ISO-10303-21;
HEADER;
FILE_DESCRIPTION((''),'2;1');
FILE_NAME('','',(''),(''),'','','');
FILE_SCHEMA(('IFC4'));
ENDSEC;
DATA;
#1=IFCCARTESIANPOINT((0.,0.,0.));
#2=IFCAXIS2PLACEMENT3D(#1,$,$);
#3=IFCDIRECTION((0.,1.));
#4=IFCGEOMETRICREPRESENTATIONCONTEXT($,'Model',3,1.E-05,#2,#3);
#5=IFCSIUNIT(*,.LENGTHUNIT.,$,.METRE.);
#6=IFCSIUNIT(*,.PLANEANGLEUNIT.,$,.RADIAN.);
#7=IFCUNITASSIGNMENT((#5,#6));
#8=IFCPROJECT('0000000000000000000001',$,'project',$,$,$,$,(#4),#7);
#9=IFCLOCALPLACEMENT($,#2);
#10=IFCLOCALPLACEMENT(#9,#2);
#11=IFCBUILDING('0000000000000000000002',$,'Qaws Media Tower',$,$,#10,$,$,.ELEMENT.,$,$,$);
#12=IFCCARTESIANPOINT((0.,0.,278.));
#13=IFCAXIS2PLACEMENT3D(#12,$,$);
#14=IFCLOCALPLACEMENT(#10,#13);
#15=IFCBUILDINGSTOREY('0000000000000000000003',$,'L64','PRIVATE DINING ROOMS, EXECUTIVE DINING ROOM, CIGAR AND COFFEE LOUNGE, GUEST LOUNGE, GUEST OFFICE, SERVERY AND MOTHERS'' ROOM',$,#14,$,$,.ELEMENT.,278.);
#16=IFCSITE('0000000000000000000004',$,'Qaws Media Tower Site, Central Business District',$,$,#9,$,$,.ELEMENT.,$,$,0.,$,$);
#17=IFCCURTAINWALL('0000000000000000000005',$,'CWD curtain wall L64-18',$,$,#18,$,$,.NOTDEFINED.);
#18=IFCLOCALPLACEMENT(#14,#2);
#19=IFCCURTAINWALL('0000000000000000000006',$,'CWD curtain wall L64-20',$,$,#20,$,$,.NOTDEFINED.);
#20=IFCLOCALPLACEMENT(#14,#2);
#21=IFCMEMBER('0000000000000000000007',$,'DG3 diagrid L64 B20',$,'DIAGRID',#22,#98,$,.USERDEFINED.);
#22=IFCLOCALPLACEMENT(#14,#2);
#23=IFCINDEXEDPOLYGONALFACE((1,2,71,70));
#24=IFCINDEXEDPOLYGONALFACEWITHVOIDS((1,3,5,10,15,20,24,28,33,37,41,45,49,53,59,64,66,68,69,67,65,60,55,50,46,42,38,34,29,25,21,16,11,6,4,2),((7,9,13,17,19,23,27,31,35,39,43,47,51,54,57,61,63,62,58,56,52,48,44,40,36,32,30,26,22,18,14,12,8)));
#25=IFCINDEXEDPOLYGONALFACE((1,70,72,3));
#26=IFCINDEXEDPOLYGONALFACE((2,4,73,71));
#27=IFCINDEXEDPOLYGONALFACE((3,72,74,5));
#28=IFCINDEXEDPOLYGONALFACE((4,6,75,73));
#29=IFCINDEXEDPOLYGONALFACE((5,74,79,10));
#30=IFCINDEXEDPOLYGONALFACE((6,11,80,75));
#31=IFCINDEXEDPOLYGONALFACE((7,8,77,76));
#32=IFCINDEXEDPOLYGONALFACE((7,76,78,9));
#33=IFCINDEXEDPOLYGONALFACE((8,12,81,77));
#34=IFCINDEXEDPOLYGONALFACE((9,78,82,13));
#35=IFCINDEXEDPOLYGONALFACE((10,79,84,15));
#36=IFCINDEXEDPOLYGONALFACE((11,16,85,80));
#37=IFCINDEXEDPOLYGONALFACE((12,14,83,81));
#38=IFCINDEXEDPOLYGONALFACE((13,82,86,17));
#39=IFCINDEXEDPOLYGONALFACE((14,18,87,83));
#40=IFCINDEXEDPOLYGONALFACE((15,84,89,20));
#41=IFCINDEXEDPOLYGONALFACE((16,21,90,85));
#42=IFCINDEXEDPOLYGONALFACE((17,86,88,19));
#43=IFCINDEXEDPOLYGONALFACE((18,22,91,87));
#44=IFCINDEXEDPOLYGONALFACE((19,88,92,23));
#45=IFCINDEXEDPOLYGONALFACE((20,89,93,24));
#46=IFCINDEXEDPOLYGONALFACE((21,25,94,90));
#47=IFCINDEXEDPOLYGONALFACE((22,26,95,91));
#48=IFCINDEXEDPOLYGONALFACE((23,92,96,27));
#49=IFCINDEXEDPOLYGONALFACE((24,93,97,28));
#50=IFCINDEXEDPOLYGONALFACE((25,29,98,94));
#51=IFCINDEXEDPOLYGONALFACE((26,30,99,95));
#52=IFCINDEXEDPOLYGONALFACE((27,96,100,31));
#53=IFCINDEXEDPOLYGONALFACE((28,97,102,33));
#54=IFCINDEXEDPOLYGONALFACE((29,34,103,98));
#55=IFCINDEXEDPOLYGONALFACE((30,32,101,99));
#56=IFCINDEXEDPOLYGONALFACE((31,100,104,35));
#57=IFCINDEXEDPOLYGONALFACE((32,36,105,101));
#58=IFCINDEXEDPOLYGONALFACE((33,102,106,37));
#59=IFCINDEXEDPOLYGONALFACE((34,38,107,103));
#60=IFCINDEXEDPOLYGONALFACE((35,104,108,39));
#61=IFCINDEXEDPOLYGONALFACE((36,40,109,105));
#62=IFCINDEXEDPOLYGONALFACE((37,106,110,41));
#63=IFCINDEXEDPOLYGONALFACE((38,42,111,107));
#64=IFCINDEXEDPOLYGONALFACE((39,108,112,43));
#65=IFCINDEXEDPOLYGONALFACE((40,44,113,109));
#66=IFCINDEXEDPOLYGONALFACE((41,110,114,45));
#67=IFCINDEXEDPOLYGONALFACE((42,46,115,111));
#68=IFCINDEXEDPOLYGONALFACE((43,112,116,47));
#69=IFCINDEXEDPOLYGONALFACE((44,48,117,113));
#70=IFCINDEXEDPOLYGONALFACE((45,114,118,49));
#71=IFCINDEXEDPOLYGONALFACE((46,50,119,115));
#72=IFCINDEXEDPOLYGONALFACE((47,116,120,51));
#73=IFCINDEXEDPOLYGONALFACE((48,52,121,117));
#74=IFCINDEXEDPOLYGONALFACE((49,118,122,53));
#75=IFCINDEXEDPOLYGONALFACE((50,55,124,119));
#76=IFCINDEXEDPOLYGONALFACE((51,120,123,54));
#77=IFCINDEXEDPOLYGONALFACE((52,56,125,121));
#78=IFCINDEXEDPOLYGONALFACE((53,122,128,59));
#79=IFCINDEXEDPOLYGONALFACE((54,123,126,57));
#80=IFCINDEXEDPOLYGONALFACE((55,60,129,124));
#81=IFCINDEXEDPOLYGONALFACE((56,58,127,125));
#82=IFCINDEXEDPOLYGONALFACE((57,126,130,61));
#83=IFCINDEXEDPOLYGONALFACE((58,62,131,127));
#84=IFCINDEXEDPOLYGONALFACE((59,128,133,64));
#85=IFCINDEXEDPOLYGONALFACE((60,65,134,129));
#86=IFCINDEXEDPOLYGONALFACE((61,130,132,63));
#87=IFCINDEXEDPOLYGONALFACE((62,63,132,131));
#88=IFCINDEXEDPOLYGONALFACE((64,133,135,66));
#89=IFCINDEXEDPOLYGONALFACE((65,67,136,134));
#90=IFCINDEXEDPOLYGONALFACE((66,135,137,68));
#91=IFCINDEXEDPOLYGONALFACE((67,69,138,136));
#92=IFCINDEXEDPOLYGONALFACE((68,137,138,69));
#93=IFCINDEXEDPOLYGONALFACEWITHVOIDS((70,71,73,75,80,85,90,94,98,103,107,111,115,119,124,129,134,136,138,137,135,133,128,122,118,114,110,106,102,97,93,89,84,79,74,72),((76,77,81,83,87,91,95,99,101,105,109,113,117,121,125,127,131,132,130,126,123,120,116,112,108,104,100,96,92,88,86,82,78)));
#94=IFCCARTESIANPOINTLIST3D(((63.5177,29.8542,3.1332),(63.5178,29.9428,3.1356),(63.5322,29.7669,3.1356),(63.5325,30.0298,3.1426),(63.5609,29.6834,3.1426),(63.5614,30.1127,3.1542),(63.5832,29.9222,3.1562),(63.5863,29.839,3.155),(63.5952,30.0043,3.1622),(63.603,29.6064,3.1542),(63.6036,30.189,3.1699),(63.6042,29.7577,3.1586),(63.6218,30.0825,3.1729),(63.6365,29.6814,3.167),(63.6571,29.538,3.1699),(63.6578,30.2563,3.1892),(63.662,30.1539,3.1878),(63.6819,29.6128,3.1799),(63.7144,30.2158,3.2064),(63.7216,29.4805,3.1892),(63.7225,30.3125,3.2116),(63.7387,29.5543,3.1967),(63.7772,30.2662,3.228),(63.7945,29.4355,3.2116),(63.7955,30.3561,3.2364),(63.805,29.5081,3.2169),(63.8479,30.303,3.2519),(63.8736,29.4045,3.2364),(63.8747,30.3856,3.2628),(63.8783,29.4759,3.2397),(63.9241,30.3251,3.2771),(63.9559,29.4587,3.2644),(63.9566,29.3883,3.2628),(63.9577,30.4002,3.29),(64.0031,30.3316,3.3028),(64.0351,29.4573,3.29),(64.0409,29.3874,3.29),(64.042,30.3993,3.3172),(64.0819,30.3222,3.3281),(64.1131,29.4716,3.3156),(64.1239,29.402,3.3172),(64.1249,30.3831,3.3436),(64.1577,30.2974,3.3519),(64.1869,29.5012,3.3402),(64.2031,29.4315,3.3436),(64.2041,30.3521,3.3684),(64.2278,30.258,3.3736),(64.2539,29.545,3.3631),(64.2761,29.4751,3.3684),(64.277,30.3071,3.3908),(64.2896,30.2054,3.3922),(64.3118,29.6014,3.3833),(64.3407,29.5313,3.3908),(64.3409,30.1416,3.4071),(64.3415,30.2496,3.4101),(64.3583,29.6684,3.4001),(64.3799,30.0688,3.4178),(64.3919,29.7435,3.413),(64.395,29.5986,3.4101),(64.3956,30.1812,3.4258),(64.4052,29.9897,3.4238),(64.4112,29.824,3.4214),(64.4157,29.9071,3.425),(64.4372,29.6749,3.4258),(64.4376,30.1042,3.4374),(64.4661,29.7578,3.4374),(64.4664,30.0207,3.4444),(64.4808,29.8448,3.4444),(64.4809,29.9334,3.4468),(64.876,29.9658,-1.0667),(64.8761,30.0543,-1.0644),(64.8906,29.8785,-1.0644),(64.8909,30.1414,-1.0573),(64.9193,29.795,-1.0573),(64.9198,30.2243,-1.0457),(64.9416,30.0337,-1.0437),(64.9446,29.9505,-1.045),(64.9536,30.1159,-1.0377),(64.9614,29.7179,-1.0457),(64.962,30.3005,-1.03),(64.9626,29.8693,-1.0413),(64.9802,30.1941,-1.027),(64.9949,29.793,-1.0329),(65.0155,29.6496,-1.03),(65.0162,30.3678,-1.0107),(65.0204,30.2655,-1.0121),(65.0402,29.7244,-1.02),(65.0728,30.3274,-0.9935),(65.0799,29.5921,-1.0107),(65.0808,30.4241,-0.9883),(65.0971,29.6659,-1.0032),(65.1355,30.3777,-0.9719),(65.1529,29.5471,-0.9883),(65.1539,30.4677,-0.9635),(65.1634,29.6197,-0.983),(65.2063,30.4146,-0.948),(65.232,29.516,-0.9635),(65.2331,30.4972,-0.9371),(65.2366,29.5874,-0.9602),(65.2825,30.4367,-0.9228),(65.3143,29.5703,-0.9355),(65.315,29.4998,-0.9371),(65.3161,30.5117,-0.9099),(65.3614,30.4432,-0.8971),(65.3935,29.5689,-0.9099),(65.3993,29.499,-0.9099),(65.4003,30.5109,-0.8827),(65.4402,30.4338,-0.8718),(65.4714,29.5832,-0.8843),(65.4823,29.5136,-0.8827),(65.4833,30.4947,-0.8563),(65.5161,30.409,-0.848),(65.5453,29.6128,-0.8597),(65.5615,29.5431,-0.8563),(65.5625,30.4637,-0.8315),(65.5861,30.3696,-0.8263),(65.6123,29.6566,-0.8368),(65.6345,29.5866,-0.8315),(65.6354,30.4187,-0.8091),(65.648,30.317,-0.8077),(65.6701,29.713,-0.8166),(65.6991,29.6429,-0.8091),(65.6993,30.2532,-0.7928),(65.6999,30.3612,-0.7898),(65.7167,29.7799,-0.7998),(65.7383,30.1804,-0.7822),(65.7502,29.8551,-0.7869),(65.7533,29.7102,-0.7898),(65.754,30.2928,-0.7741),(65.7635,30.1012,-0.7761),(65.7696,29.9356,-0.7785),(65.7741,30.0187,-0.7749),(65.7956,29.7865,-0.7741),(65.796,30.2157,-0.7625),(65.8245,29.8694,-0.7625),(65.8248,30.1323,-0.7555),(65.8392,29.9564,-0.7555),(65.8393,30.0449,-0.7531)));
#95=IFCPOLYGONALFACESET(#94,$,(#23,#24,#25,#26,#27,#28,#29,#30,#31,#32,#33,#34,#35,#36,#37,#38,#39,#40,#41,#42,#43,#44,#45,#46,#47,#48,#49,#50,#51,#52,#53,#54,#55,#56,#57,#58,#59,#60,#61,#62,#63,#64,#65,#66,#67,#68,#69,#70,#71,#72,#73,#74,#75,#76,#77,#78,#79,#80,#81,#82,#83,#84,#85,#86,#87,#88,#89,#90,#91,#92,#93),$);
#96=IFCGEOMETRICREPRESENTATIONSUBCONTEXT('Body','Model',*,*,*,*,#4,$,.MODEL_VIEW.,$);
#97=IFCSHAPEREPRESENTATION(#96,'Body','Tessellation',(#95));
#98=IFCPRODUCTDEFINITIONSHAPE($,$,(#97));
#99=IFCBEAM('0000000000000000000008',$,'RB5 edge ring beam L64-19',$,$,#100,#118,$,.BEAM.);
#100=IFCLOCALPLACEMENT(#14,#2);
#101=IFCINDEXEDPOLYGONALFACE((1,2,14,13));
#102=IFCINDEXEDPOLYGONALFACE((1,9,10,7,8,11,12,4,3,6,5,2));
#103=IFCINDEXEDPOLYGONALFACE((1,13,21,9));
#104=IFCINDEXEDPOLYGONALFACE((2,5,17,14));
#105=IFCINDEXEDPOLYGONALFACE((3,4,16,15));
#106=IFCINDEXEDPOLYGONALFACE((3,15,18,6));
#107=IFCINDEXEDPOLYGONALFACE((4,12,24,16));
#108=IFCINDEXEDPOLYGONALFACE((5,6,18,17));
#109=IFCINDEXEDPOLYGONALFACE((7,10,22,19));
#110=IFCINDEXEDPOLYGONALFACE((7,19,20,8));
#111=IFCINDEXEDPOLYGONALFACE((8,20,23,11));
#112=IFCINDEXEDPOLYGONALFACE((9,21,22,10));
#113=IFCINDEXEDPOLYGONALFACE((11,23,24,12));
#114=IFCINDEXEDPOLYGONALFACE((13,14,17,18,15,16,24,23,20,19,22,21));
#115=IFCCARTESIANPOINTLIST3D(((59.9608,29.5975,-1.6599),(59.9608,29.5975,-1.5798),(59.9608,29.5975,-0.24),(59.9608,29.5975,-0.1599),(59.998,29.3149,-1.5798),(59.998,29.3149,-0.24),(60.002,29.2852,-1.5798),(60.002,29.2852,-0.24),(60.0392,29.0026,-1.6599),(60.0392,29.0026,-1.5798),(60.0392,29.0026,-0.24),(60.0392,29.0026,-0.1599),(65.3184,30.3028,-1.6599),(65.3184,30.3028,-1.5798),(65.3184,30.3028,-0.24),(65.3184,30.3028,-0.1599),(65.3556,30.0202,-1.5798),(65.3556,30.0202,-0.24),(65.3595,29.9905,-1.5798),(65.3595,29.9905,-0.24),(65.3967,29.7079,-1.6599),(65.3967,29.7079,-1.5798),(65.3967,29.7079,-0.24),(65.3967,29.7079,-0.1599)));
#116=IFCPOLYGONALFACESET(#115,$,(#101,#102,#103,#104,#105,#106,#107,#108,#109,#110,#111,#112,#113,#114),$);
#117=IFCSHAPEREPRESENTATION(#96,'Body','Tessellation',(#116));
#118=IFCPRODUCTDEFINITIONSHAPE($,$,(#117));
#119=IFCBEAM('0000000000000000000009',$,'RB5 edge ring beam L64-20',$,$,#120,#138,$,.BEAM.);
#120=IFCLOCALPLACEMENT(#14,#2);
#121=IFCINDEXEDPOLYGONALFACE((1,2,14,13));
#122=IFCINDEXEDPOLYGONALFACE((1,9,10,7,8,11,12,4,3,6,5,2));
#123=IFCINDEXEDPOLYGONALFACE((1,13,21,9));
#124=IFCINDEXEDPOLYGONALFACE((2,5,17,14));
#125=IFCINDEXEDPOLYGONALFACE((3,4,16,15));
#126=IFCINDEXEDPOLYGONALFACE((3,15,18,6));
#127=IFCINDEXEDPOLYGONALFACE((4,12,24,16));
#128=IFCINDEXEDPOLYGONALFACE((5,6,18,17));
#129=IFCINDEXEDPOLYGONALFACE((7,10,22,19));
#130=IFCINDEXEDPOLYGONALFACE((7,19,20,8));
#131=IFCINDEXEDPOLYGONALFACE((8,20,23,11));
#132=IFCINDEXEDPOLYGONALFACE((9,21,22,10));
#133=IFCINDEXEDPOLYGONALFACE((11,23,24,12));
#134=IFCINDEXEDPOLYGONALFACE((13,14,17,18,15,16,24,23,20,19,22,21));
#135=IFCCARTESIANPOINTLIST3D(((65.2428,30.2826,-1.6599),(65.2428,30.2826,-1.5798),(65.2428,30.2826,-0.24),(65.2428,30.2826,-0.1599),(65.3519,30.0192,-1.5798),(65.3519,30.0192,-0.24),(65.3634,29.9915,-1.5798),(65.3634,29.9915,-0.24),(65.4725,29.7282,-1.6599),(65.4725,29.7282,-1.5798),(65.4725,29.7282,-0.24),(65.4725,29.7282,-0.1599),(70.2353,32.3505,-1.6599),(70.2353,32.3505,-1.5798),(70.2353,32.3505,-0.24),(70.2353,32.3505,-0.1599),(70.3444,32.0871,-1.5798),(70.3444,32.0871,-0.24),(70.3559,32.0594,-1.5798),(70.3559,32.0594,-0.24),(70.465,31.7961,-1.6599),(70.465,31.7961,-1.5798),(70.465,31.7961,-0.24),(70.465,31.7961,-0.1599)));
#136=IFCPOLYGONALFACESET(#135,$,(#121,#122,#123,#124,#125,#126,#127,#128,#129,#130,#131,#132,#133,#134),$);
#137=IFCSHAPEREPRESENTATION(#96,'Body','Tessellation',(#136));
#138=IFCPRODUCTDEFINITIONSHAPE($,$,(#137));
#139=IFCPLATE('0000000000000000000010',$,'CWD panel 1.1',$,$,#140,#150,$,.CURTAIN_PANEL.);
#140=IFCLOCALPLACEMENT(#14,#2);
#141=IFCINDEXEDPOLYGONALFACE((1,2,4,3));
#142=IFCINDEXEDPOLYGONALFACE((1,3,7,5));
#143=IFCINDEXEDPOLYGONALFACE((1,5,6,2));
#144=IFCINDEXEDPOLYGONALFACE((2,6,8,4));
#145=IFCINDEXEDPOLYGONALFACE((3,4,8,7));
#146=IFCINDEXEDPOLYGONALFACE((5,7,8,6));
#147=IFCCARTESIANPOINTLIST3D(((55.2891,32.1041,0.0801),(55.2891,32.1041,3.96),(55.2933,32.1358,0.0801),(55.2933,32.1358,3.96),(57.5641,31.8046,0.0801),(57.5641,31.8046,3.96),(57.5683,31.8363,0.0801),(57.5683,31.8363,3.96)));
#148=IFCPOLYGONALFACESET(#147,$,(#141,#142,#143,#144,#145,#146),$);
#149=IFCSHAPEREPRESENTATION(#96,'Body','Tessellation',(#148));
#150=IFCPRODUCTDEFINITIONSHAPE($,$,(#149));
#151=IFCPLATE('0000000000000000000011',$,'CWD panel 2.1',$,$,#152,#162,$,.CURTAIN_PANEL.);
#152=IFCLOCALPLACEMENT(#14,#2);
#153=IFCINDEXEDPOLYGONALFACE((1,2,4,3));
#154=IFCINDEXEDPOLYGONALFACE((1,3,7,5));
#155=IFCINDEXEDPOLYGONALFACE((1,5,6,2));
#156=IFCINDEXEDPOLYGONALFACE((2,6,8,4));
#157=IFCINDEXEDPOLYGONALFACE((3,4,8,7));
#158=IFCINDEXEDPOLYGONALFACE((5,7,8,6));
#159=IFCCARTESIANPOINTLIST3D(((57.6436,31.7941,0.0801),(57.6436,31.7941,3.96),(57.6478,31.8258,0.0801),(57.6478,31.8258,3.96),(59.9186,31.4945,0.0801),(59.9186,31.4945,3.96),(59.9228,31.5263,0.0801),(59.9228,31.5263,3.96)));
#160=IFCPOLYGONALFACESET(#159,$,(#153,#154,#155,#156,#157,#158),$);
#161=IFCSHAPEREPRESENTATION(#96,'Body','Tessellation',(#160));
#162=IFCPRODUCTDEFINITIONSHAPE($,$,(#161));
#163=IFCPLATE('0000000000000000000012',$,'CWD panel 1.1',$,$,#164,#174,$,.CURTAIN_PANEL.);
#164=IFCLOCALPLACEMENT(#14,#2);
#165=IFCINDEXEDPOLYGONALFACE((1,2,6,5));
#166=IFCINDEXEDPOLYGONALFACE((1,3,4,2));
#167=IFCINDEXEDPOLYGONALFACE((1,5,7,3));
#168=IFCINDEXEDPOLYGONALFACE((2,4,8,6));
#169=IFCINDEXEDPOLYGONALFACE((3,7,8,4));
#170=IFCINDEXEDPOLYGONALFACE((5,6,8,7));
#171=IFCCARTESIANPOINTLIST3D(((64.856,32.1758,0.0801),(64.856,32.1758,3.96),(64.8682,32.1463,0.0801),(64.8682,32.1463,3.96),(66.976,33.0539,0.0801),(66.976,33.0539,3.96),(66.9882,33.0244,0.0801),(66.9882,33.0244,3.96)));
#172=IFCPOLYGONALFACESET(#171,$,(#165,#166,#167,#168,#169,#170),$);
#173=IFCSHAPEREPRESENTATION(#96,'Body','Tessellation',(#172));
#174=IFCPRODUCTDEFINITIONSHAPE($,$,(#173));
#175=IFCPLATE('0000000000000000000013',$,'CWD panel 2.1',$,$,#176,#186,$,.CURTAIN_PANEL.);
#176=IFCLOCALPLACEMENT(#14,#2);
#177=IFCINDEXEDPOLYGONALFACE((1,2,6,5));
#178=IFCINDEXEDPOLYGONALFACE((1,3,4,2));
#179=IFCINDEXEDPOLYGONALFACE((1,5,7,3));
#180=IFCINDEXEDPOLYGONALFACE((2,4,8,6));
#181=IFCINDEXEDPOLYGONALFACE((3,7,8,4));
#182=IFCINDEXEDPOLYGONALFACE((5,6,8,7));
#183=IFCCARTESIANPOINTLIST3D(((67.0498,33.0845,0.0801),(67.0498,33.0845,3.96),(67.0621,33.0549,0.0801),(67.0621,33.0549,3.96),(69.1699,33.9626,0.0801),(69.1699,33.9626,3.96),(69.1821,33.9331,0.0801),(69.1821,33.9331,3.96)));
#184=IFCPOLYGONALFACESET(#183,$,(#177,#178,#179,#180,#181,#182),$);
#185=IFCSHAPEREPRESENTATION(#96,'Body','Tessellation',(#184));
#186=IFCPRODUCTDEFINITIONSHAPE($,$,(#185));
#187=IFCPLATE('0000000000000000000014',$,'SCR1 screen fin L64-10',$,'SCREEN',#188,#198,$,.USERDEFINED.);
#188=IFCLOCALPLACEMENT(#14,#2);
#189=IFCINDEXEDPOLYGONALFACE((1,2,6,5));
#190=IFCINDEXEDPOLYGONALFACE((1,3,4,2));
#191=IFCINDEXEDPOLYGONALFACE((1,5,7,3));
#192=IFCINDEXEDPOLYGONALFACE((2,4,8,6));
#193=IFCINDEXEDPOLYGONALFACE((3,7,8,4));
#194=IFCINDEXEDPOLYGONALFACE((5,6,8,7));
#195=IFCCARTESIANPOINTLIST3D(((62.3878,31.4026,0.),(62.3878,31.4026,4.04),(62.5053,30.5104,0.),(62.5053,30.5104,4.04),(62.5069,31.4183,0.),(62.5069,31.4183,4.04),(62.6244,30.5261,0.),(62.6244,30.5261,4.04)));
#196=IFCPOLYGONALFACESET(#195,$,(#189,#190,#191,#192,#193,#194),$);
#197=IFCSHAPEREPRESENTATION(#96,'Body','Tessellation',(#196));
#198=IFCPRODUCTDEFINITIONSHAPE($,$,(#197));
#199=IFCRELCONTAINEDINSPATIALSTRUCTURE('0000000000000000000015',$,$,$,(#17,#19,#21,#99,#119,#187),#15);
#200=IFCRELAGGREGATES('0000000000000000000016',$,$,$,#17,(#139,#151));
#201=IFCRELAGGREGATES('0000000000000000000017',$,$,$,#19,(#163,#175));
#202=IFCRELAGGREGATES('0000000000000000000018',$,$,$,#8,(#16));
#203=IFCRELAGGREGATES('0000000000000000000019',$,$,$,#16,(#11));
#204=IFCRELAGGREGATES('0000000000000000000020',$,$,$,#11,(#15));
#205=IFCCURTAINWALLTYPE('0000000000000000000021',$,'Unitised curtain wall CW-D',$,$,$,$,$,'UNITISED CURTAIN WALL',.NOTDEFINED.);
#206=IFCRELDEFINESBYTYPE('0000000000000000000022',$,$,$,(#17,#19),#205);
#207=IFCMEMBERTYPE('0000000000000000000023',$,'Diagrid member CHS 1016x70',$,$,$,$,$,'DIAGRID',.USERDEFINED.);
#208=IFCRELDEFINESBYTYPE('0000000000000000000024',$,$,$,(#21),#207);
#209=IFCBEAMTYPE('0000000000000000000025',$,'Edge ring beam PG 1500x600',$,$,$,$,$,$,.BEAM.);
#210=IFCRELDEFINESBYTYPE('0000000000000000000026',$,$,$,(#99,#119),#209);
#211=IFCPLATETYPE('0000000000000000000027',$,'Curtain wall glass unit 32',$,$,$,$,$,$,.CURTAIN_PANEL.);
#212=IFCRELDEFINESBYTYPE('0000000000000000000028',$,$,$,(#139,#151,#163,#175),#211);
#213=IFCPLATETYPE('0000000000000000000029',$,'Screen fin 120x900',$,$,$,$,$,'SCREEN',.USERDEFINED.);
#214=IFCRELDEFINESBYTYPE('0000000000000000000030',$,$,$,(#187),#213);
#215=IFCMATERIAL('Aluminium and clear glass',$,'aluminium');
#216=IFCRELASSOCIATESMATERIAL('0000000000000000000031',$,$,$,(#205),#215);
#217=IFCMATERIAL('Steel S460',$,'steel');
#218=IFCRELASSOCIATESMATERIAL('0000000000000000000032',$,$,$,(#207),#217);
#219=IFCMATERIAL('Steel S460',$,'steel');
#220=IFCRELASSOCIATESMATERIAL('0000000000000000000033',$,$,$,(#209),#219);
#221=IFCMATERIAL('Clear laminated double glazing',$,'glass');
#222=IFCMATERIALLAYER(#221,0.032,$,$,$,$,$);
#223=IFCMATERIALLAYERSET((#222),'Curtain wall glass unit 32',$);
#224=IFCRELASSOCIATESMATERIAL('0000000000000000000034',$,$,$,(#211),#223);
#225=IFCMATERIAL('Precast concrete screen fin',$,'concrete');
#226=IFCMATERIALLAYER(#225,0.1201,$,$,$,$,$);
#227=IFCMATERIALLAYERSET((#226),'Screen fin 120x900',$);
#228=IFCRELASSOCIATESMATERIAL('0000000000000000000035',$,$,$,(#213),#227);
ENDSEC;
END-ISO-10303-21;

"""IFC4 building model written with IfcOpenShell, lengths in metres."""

from ifc_helpers import new_model, si_unit, direction, frame, origin, origin_2d, place, context, subcontext, project, spatial, rectangle, hollow_circle, i_section, extrude, material, layer, layer_set, material_profile, profile_set, type_object, element, aggregate, save


model = new_model("IFC4")

# Units and contexts
model_context = context("Model", 3, precision=1e-05, world=origin(), true_north=direction((0.0, 1.0)))
body_context = subcontext(model_context, "Body", "Model", "MODEL_VIEW")
ifc_project = project(units=[si_unit("LENGTHUNIT", "METRE"), si_unit("PLANEANGLEUNIT", "RADIAN")], contexts=[model_context])

# Site, building, storey
site_placement = place(None, origin())
site = spatial("IfcSite", under=ifc_project, at=site_placement, Name="Qaws Media Tower Site, Central Business District", CompositionType="ELEMENT", RefElevation=0.0)
building_placement = place(site_placement, origin())
building = spatial("IfcBuilding", under=site, at=building_placement, Name="Qaws Media Tower", CompositionType="ELEMENT")
storey_placement = place(building_placement, frame((0.0, 0.0, 278.0)))
storey = spatial("IfcBuildingStorey", under=building, at=storey_placement, Name="L64", Description="PRIVATE DINING ROOMS, EXECUTIVE DINING ROOM, CIGAR AND COFFEE LOUNGE, GUEST LOUNGE, GUEST OFFICE, SERVERY AND MOTHERS' ROOM", CompositionType="ELEMENT", Elevation=278.0)

# Curtain walls
ifc_material_1 = material(Name="Aluminium and clear glass", Category="aluminium")
curtain_wall_type = type_object("IfcCurtainWallType", Name="Unitised curtain wall CW-D", ElementType="UNITISED CURTAIN WALL", PredefinedType="NOTDEFINED", material=ifc_material_1)
curtain_wall_1_placement = place(storey_placement, origin())
curtain_wall_1 = element("IfcCurtainWall", 1, at=curtain_wall_1_placement, inside=storey, type_object=curtain_wall_type, Name="CWD curtain wall L64-18", PredefinedType="NOTDEFINED")
curtain_wall_2_placement = place(storey_placement, origin())
curtain_wall_2 = element("IfcCurtainWall", 2, at=curtain_wall_2_placement, inside=storey, type_object=curtain_wall_type, Name="CWD curtain wall L64-20", PredefinedType="NOTDEFINED")

# Member
ifc_material_2 = material(Name="Steel S460", Category="steel")
ifc_material_profile_1 = material_profile(ifc_material_2, hollow_circle(Radius=0.5081, WallThickness=0.0701, at=origin_2d()), Name="CHS 1016x70")
ifc_profile_set_1 = profile_set([ifc_material_profile_1], Name="Steel S460")
member_type_1 = type_object("IfcMemberType", Name="Diagrid member CHS 1016x70", ElementType="DIAGRID", PredefinedType="USERDEFINED", material=ifc_profile_set_1)
for number, where, z_axis, x_axis, name in (
    (3, (65.3577, 30.0054, -0.9099), (-0.307638, -0.025268, 0.951168), (0.081859, -0.996644, 0.0), "DG3 diagrid L64 B20"),
):
    element("IfcMember", number, at=place(storey_placement, frame(where, z_axis=z_axis, x_axis=x_axis)), inside=storey, type_object=member_type_1, Name=name, ObjectType="DIAGRID", PredefinedType="USERDEFINED", context=body_context, shape_type="SweptSolid", body=[
        extrude(hollow_circle(Radius=0.5081, WallThickness=0.0701, at=origin_2d()), origin(), (0.0, 0.0, 1.0), 4.4155),
    ])

# Beams
ifc_material_3 = material(Name="Steel S460", Category="steel")
ifc_material_profile_2 = material_profile(ifc_material_3, i_section(OverallWidth=0.6001, OverallDepth=1.5, WebThickness=0.03, FlangeThickness=0.0801, at=origin_2d()), Name="PG 1500x600")
ifc_profile_set_2 = profile_set([ifc_material_profile_2], Name="Steel S460")
beam_type = type_object("IfcBeamType", Name="Edge ring beam PG 1500x600", PredefinedType="BEAM", material=ifc_profile_set_2)
for number, where, z_axis, x_axis, name in (
    (4, (60.0, 29.3, -0.9099), (0.991446, 0.130521, 0.0), (-0.130521, 0.991446, 0.0), "RB5 edge ring beam L64-19"),
    (5, (65.3577, 30.0054, -0.9099), (0.923884, 0.382674, 0.0), (-0.382674, 0.923884, 0.0), "RB5 edge ring beam L64-20"),
):
    element("IfcBeam", number, at=place(storey_placement, frame(where, z_axis=z_axis, x_axis=x_axis)), inside=storey, type_object=beam_type, Name=name, PredefinedType="BEAM", context=body_context, shape_type="SweptSolid", body=[
        extrude(i_section(OverallWidth=0.6001, OverallDepth=1.5, WebThickness=0.03, FlangeThickness=0.0801, at=origin_2d()), origin(), (0.0, 0.0, 1.0), 5.4038),
    ])

# Plates
ifc_material_4 = material(Name="Clear laminated double glazing", Category="glass")
ifc_layer_1 = layer(ifc_material_4, 0.032)
ifc_layer_set_1 = layer_set([ifc_layer_1], Name="Curtain wall glass unit 32")
plate_type_1 = type_object("IfcPlateType", Name="Curtain wall glass unit 32", PredefinedType="CURTAIN_PANEL", material=ifc_layer_set_1)
plate_1_placement = place(storey_placement, frame((56.4287, 31.9702, 0.0801), z_axis=(0.0, 0.0, 1.0), x_axis=(0.991445, -0.130526, 0.0)))
plate_1 = element("IfcPlate", 6, at=plate_1_placement, type_object=plate_type_1, Name="CWD panel 1.1", PredefinedType="CURTAIN_PANEL", context=body_context, shape_type="SweptSolid", body=[
    extrude(rectangle(XDim=2.2947, YDim=0.032, at=origin_2d()), origin(), (0.0, 0.0, 1.0), 3.8799),
])
plate_2_placement = place(storey_placement, frame((58.7832, 31.6602, 0.0801), z_axis=(0.0, 0.0, 1.0), x_axis=(0.991445, -0.130526, 0.0)))
plate_2 = element("IfcPlate", 7, at=plate_2_placement, type_object=plate_type_1, Name="CWD panel 2.1", PredefinedType="CURTAIN_PANEL", context=body_context, shape_type="SweptSolid", body=[
    extrude(rectangle(XDim=2.2947, YDim=0.032, at=origin_2d()), origin(), (0.0, 0.0, 1.0), 3.8799),
])
aggregate(curtain_wall_1, [plate_1, plate_2])
plate_3_placement = place(storey_placement, frame((65.9221, 32.6001, 0.0801), z_axis=(0.0, 0.0, 1.0), x_axis=(0.92388, 0.382683, 0.0)))
plate_3 = element("IfcPlate", 8, at=plate_3_placement, type_object=plate_type_1, Name="CWD panel 1.1", PredefinedType="CURTAIN_PANEL", context=body_context, shape_type="SweptSolid", body=[
    extrude(rectangle(XDim=2.2947, YDim=0.032, at=origin_2d()), origin(), (0.0, 0.0, 1.0), 3.8799),
])
plate_4_placement = place(storey_placement, frame((68.116, 33.5088, 0.0801), z_axis=(0.0, 0.0, 1.0), x_axis=(0.92388, 0.382683, 0.0)))
plate_4 = element("IfcPlate", 9, at=plate_4_placement, type_object=plate_type_1, Name="CWD panel 2.1", PredefinedType="CURTAIN_PANEL", context=body_context, shape_type="SweptSolid", body=[
    extrude(rectangle(XDim=2.2947, YDim=0.032, at=origin_2d()), origin(), (0.0, 0.0, 1.0), 3.8799),
])
aggregate(curtain_wall_2, [plate_3, plate_4])
ifc_material_5 = material(Name="Precast concrete screen fin", Category="concrete")
ifc_layer_2 = layer(ifc_material_5, 0.1201)
ifc_layer_set_2 = layer_set([ifc_layer_2], Name="Screen fin 120x900")
plate_type_2 = type_object("IfcPlateType", Name="Screen fin 120x900", ElementType="SCREEN", PredefinedType="USERDEFINED", material=ifc_layer_set_2)
plate_5_placement = place(storey_placement, frame((62.5061, 30.9644, 0.0), z_axis=(0.0, 0.0, 1.0), x_axis=(0.130526, -0.991445, 0.0)))
element("IfcPlate", 10, at=plate_5_placement, inside=storey, type_object=plate_type_2, Name="SCR1 screen fin L64-10", ObjectType="SCREEN", PredefinedType="USERDEFINED", context=body_context, shape_type="SweptSolid", body=[
    extrude(rectangle(XDim=0.8999, YDim=0.1201, at=origin_2d()), origin(), (0.0, 0.0, 1.0), 4.04),
])

save(model, "model.ifc")
